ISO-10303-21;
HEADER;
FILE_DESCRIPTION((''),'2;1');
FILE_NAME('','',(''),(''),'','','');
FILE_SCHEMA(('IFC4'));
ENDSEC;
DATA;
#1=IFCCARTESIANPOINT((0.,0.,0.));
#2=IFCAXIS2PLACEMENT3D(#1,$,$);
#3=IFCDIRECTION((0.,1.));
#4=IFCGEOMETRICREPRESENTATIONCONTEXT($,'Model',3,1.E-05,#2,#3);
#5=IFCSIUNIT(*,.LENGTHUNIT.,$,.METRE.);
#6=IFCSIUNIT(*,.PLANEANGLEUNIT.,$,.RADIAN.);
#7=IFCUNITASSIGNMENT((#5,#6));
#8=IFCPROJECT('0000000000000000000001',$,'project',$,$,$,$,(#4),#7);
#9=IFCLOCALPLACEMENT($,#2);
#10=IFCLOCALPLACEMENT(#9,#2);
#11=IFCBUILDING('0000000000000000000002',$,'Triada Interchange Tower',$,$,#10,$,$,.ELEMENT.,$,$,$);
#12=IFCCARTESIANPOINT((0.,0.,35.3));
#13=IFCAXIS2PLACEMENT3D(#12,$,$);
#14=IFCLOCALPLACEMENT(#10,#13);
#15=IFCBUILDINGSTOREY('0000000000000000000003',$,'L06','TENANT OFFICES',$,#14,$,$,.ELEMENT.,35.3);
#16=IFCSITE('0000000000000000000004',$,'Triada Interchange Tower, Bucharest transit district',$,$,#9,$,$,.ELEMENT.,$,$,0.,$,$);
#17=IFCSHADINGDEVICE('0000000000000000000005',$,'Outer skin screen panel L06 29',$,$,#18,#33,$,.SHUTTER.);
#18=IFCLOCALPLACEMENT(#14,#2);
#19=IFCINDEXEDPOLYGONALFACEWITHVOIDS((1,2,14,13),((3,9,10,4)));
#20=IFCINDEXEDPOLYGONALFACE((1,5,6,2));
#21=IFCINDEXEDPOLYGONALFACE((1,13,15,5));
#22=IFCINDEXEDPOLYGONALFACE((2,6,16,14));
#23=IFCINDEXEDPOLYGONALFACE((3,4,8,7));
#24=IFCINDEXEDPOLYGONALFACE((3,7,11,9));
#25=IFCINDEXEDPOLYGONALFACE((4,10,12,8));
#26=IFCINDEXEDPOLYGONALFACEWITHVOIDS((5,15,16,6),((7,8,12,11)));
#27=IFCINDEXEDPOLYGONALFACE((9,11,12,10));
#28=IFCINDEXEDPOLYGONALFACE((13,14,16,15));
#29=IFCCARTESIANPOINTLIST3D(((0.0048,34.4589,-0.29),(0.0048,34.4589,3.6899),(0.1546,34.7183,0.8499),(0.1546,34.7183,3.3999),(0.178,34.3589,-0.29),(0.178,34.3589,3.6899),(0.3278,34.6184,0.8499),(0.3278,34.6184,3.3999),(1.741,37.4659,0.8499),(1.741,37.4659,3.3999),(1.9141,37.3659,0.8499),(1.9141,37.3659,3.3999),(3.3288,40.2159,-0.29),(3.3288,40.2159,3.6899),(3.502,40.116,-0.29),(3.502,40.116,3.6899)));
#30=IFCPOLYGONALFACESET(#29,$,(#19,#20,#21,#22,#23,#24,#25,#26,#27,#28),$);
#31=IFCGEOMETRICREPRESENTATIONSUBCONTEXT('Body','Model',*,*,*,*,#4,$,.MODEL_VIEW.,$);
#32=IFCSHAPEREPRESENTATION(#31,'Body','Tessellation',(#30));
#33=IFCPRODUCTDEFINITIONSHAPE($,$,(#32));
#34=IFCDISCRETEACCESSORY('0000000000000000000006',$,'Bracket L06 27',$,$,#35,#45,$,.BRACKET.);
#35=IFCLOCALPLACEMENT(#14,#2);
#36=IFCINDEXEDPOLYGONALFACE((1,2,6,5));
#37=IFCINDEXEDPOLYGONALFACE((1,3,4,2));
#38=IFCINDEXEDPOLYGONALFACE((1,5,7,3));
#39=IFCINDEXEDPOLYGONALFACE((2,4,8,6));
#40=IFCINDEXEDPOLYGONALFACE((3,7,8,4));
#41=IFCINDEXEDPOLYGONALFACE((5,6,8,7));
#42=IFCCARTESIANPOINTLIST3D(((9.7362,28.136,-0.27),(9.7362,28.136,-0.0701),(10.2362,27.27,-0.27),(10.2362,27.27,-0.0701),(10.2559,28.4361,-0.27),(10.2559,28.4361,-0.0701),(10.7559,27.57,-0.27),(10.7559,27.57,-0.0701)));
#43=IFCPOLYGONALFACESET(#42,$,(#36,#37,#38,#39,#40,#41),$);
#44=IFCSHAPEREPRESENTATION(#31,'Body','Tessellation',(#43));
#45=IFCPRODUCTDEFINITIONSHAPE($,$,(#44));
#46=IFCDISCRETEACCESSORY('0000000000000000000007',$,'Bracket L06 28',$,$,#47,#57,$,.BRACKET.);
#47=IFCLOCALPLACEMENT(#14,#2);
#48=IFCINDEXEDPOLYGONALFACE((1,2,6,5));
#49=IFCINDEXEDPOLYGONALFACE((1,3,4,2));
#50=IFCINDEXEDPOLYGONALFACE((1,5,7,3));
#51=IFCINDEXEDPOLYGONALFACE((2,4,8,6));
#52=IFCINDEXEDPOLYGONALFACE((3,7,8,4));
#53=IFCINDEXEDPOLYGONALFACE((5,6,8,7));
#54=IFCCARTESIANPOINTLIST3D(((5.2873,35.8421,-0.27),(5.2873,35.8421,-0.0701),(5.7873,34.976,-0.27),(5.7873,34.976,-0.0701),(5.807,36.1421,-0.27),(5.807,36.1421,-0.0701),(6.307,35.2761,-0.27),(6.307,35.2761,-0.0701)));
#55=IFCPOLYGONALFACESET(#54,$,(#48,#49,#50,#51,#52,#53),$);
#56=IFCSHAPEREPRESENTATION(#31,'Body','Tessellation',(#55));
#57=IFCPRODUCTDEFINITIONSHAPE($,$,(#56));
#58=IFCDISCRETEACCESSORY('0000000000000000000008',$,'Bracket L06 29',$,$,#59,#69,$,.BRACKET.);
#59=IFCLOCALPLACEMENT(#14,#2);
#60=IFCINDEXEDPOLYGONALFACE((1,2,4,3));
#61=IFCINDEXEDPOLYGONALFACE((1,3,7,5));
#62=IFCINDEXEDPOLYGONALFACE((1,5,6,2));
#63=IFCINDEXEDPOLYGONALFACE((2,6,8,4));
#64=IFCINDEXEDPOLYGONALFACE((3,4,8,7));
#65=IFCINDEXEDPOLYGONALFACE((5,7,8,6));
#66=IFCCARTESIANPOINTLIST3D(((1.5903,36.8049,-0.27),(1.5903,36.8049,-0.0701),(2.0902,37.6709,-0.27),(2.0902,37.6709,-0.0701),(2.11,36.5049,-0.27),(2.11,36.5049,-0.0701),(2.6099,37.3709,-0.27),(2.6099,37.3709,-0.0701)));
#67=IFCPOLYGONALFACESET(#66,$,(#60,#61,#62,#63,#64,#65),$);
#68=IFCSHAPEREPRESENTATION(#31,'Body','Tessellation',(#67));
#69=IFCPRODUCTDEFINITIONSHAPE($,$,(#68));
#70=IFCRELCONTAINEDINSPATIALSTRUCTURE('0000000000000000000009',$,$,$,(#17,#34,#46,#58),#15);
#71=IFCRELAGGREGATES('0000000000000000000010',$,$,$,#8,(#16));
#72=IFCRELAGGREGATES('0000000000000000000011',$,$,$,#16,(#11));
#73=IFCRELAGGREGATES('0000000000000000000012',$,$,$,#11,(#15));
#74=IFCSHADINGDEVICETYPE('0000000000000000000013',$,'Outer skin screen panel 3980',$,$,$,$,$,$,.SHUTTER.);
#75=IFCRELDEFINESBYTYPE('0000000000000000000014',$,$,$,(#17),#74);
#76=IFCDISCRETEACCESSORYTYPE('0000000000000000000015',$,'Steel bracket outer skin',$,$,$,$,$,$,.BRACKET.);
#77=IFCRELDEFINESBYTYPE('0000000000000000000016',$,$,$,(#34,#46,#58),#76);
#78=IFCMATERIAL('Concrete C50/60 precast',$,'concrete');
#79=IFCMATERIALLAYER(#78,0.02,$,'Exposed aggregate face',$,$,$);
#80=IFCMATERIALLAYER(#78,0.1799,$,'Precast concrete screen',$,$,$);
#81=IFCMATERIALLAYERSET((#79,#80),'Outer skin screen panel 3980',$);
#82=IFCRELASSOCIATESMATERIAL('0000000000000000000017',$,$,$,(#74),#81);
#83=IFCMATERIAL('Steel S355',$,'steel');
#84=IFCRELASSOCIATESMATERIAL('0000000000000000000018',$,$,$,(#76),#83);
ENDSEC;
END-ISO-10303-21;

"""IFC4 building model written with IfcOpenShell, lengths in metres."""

from ifc_helpers import new_model, si_unit, direction, frame, origin, origin_2d, place, context, subcontext, project, spatial, polyline, rectangle, outline, extrude, material, layer, layer_set, type_object, element, save


model = new_model("IFC4")

# Units and contexts
model_context = context("Model", 3, precision=1e-05, world=origin(), true_north=direction((0.0, 1.0)))
body_context = subcontext(model_context, "Body", "Model", "MODEL_VIEW")
ifc_project = project(units=[si_unit("LENGTHUNIT", "METRE"), si_unit("PLANEANGLEUNIT", "RADIAN")], contexts=[model_context])

# Site, building, storey
site_placement = place(None, origin())
site = spatial("IfcSite", under=ifc_project, at=site_placement, Name="Triada Interchange Tower, Bucharest transit district", CompositionType="ELEMENT", RefElevation=0.0)
building_placement = place(site_placement, origin())
building = spatial("IfcBuilding", under=site, at=building_placement, Name="Triada Interchange Tower", CompositionType="ELEMENT")
storey_placement = place(building_placement, frame((0.0, 0.0, 35.3)))
storey = spatial("IfcBuildingStorey", under=building, at=storey_placement, Name="L06", Description="TENANT OFFICES", CompositionType="ELEMENT", Elevation=35.3)

# Shading device
ifc_material_1 = material(Name="Concrete C50/60 precast", Category="concrete")
ifc_layer_1 = layer(ifc_material_1, 0.02, Name="Exposed aggregate face")
ifc_layer_2 = layer(ifc_material_1, 0.1799, Name="Precast concrete screen")
ifc_layer_set_1 = layer_set([ifc_layer_1, ifc_layer_2], Name="Outer skin screen panel 3980")
shading_device_type = type_object("IfcShadingDeviceType", Name="Outer skin screen panel 3980", PredefinedType="SHUTTER", material=ifc_layer_set_1)
shading_device_1_placement = place(storey_placement, frame((3.502, 40.116, -0.29), z_axis=(0.0, 0.0, 1.0), x_axis=(-0.500014, -0.866017, 0.0)))
element("IfcShadingDevice", 1, at=shading_device_1_placement, inside=storey, type_object=shading_device_type, Name="Outer skin screen panel L06 29", PredefinedType="SHUTTER", context=body_context, shape_type="SweptSolid", body=[
    extrude(outline(polyline([(0.0, 0.0), (6.6477, 0.0), (6.6477, 3.98), (0.0, 3.98), (0.0, 0.0)]), holes=[polyline([(3.1755, 1.1399), (3.1755, 3.6899), (6.3481, 3.6899), (6.3481, 1.1399), (3.1755, 1.1399)])]), frame((0.0, 0.0, 0.0), z_axis=(0.0, -1.0, 0.0), x_axis=(1.0, 0.0, 0.0)), (0.0, 0.0, 1.0), 0.2),
])

# Discrete accessories
ifc_material_2 = material(Name="Steel S355", Category="steel")
discrete_accessory_type = type_object("IfcDiscreteAccessoryType", Name="Steel bracket outer skin", PredefinedType="BRACKET", material=ifc_material_2)
for number, where, z_axis, x_axis, name in (
    (2, (10.2461, 27.853, -0.27), (0.0, 0.0, 1.0), (0.866021, 0.500008, 0.0), "Bracket L06 27"),
    (3, (5.7971, 35.5591, -0.27), (0.0, 0.0, 1.0), (0.866021, 0.500008, 0.0), "Bracket L06 28"),
    (4, (2.1001, 37.0879, -0.27), (0.0, 0.0, 1.0), (-0.86605, 0.499957, 0.0), "Bracket L06 29"),
):
    element("IfcDiscreteAccessory", number, at=place(storey_placement, frame(where, z_axis=z_axis, x_axis=x_axis)), inside=storey, type_object=discrete_accessory_type, Name=name, PredefinedType="BRACKET", context=body_context, shape_type="SweptSolid", body=[
        extrude(rectangle(XDim=0.6001, YDim=1.0, at=origin_2d()), origin(), (0.0, 0.0, 1.0), 0.2),
    ])

save(model, "model.ifc")
